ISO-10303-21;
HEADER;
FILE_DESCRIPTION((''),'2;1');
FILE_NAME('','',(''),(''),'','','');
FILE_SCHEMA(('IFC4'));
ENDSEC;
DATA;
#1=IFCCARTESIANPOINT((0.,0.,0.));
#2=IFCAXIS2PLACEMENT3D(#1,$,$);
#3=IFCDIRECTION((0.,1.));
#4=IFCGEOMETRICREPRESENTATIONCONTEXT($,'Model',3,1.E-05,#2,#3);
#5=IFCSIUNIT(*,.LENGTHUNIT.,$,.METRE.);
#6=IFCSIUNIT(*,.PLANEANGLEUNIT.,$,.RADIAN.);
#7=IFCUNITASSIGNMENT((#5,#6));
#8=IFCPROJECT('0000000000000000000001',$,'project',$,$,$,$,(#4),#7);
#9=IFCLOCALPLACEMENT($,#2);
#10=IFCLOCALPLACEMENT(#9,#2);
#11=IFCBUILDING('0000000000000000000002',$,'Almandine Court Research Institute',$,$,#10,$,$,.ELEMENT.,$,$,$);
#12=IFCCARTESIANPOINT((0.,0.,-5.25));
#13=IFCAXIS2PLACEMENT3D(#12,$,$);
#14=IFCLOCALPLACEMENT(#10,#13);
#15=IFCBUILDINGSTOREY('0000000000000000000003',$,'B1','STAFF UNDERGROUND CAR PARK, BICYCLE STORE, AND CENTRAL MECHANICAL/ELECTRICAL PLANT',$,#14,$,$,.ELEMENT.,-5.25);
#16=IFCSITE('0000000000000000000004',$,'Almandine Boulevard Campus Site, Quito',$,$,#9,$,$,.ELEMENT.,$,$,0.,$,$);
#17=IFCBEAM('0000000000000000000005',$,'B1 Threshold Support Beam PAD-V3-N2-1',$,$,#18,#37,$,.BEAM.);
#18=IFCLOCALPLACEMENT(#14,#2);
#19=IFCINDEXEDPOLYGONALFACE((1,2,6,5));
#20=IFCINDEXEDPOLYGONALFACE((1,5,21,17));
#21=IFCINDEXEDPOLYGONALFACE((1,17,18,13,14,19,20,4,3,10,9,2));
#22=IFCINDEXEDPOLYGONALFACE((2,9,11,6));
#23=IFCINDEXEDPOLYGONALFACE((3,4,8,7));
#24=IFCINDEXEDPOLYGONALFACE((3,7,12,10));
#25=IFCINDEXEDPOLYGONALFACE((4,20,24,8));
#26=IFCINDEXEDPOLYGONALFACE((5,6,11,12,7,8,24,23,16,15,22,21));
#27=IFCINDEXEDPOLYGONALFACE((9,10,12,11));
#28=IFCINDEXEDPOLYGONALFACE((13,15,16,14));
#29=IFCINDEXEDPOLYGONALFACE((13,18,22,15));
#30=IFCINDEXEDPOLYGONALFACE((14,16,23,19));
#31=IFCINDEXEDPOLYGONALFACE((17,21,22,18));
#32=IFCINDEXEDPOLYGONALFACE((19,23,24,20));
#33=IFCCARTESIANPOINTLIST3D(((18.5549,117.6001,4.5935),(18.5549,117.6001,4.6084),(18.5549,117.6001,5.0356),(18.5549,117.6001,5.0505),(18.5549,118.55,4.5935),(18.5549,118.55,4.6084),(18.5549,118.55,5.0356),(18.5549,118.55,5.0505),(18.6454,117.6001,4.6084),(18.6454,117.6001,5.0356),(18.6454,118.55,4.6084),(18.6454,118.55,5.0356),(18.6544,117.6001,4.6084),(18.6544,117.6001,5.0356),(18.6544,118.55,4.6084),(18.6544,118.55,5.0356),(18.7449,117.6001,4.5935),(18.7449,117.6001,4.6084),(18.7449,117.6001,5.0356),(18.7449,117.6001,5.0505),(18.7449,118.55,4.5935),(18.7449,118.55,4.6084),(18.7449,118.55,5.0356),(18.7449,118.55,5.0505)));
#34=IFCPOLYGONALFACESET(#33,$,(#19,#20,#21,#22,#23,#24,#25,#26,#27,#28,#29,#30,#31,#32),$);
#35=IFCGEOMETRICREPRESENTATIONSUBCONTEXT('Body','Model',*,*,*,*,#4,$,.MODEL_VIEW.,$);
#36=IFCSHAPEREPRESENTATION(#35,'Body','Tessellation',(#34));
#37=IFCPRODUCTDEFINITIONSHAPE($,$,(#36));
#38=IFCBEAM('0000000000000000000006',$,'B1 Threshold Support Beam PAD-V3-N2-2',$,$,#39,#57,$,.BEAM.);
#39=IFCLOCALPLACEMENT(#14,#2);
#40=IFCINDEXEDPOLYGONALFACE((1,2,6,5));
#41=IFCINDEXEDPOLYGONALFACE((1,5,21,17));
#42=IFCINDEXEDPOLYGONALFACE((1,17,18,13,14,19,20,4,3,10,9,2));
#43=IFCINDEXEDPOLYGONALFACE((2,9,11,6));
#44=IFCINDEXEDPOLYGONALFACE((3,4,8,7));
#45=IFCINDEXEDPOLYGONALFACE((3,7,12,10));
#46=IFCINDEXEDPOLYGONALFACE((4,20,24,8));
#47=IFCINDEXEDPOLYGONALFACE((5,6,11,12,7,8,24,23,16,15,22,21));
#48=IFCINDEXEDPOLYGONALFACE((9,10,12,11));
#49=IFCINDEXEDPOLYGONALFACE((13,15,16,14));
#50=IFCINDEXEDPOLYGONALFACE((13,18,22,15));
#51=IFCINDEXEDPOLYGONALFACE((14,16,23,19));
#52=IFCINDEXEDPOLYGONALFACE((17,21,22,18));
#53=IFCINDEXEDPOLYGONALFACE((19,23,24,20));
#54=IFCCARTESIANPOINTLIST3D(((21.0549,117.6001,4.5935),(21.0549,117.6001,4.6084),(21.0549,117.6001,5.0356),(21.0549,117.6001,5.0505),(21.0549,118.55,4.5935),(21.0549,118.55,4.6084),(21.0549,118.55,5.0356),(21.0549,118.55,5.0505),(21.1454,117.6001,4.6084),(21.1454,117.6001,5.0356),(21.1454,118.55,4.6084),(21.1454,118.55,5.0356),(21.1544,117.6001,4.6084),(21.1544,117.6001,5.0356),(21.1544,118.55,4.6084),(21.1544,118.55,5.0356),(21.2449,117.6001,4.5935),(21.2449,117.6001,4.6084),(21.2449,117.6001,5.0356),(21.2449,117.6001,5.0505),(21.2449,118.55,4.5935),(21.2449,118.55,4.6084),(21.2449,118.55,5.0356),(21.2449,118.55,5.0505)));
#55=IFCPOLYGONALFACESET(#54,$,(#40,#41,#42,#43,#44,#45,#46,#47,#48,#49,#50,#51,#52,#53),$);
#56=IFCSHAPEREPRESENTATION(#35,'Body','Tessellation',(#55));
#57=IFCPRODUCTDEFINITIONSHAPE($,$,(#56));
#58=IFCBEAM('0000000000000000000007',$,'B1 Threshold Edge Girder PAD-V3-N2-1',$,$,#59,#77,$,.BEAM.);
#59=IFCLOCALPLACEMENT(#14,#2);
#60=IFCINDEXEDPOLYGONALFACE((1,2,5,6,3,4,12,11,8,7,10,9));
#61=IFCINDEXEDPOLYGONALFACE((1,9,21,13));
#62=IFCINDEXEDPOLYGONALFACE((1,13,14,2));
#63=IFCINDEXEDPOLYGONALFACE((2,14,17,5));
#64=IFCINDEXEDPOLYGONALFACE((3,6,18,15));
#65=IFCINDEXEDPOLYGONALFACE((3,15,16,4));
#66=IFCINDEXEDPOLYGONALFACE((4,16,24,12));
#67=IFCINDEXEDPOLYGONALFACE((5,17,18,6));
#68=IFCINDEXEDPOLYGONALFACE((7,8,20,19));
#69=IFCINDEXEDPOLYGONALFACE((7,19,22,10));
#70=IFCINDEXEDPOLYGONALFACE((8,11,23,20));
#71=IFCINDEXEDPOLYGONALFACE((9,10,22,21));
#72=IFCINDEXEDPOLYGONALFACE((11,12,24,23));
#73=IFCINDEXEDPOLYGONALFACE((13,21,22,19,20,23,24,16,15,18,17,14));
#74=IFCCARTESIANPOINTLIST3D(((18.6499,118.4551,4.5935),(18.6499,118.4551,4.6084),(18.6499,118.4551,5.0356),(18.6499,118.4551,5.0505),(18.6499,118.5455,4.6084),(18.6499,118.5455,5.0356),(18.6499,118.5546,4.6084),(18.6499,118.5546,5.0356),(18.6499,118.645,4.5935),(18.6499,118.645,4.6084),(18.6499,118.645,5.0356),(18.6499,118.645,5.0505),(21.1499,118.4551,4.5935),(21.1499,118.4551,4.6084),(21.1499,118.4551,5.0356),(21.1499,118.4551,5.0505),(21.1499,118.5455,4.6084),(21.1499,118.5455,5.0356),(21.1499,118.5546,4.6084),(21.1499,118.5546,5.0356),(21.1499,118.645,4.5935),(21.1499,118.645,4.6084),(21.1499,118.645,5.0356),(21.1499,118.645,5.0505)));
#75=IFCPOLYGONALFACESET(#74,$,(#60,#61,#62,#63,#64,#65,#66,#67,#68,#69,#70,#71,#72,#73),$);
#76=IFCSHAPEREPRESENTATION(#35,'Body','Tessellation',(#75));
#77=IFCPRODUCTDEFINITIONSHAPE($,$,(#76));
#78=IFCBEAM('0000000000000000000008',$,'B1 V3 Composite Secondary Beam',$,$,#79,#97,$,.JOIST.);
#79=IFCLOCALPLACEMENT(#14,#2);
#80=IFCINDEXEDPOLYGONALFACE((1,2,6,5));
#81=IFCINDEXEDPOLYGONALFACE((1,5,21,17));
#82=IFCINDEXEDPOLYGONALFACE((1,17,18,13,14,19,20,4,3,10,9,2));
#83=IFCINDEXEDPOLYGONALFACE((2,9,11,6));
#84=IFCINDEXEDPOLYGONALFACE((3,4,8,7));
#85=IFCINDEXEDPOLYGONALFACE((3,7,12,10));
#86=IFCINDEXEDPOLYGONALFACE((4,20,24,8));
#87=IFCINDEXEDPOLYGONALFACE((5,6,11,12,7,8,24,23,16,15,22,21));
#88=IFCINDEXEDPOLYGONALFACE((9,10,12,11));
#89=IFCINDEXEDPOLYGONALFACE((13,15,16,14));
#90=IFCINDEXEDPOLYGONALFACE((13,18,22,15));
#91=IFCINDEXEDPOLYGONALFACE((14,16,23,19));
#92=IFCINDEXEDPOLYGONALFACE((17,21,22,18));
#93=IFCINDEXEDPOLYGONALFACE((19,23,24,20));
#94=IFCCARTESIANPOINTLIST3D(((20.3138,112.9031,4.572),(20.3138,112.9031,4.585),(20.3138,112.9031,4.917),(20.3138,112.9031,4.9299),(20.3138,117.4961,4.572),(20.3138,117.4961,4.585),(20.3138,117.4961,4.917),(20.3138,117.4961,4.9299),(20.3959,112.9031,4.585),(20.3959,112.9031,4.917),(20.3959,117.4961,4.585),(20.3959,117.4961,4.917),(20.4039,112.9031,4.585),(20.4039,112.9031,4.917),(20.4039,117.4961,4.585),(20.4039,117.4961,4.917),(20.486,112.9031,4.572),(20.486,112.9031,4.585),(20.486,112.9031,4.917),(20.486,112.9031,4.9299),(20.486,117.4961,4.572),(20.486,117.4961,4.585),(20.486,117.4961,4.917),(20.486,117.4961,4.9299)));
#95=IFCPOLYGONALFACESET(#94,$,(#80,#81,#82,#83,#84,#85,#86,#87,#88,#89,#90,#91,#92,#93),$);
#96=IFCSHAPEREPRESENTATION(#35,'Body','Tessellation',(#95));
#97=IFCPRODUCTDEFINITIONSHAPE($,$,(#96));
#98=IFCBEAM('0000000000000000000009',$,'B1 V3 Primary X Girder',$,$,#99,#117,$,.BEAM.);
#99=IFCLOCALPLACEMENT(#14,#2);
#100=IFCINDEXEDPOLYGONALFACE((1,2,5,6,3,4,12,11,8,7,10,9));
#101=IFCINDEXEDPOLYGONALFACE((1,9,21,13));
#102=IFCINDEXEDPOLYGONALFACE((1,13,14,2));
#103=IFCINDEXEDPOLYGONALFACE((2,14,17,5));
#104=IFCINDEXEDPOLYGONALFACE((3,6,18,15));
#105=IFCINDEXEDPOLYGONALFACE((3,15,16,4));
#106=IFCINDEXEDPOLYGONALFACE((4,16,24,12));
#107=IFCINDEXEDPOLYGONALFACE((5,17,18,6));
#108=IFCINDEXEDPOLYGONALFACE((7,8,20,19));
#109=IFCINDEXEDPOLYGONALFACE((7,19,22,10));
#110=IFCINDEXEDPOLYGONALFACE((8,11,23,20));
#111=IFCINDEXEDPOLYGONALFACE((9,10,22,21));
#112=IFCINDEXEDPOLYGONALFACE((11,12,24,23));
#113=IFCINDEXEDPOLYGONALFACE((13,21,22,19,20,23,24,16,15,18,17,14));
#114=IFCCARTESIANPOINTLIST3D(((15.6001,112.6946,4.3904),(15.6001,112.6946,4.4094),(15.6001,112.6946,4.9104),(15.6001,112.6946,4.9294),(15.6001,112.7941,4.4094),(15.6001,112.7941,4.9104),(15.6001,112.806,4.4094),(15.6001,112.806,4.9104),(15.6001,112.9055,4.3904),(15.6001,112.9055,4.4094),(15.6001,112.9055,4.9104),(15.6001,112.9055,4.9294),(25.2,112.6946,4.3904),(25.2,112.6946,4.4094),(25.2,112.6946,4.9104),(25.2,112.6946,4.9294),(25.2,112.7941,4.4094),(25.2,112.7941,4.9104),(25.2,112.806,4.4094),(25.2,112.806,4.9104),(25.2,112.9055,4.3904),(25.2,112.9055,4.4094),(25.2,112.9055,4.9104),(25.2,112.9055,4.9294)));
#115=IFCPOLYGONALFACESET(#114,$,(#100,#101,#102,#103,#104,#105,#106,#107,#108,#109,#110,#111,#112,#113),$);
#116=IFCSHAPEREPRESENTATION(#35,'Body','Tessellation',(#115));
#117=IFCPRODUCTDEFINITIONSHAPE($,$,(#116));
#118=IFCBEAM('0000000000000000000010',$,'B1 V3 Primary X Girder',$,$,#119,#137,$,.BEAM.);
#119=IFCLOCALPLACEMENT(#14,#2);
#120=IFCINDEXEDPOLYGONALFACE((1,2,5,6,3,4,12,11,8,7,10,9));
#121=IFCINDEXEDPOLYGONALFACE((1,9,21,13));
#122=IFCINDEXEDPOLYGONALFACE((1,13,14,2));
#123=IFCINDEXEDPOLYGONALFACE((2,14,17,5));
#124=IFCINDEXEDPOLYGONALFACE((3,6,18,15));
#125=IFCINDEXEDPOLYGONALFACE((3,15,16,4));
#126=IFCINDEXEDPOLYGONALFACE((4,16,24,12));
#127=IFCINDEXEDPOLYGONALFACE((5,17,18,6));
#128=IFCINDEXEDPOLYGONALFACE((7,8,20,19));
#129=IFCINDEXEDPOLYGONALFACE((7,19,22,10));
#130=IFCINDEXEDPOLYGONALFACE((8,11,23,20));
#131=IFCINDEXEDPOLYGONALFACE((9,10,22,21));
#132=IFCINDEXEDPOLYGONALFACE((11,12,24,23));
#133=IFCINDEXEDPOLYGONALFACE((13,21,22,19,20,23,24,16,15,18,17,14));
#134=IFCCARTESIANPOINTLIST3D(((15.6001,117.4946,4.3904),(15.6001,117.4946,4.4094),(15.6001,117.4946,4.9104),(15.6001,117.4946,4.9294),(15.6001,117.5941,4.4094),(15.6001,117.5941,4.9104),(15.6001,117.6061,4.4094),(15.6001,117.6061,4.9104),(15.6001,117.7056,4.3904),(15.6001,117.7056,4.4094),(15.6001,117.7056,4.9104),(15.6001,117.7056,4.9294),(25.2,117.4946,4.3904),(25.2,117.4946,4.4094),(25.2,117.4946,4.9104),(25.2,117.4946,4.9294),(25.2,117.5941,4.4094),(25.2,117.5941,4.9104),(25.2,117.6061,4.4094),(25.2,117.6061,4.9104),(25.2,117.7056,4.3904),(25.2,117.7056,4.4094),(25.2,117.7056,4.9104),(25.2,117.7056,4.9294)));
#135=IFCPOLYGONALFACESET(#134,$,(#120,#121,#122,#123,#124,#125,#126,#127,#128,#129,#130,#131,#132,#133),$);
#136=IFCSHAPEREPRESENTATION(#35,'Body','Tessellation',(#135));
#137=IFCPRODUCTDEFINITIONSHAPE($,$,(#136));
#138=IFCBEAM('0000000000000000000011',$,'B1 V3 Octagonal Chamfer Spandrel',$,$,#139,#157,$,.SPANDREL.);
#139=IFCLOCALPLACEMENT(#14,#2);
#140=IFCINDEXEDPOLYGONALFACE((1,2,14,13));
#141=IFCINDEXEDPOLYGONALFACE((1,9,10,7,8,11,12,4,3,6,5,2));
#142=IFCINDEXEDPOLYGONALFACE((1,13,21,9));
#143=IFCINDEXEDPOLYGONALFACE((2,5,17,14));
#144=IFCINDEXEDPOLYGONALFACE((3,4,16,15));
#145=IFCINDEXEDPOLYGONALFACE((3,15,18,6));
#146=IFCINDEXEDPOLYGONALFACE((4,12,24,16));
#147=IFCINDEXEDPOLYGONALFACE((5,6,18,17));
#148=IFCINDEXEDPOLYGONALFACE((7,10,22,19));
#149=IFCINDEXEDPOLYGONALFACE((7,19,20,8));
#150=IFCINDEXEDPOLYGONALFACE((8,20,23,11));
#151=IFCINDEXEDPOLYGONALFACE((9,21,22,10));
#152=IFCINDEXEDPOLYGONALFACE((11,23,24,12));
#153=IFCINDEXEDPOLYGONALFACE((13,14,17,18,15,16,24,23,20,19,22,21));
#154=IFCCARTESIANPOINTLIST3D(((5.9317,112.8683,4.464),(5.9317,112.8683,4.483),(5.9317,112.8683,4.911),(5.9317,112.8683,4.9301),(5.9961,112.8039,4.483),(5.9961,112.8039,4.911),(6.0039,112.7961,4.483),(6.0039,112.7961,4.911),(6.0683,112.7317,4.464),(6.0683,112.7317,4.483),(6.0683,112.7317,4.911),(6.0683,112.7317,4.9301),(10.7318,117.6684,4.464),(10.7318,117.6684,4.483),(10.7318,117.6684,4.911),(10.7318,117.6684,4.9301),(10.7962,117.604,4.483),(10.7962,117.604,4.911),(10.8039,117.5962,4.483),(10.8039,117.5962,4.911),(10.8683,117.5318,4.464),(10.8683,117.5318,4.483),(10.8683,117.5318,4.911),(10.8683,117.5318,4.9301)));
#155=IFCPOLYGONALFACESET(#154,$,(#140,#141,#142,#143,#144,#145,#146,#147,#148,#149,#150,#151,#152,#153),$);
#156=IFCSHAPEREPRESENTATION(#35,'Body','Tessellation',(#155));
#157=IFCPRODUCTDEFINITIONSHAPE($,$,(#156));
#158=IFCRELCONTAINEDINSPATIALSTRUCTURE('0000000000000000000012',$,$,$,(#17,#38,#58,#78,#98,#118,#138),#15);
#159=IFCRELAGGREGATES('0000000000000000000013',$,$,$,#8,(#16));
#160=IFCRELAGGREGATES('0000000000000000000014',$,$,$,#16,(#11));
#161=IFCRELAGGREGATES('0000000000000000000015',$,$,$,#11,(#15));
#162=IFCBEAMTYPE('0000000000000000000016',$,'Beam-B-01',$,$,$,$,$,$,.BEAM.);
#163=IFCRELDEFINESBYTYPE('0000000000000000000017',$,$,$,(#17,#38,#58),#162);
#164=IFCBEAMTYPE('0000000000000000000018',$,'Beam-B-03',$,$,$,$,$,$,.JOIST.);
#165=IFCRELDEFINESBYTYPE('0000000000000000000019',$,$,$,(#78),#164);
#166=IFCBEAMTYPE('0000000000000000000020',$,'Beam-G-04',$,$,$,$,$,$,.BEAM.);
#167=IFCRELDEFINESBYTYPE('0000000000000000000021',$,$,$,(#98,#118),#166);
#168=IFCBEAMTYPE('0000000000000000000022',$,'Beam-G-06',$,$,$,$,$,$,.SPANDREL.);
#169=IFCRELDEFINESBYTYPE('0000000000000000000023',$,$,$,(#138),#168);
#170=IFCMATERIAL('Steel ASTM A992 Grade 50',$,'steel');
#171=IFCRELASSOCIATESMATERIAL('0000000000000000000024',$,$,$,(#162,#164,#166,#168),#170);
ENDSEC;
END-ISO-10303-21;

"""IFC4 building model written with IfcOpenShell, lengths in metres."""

from ifc_helpers import new_model, si_unit, direction, frame, origin, origin_2d, place, context, subcontext, project, spatial, i_section, extrude, material, material_profile, profile_set, type_object, element, save


model = new_model("IFC4")

# Units and contexts
model_context = context("Model", 3, precision=1e-05, world=origin(), true_north=direction((0.0, 1.0)))
body_context = subcontext(model_context, "Body", "Model", "MODEL_VIEW")
ifc_project = project(units=[si_unit("LENGTHUNIT", "METRE"), si_unit("PLANEANGLEUNIT", "RADIAN")], contexts=[model_context])

# Site, building, storey
site_placement = place(None, origin())
site = spatial("IfcSite", under=ifc_project, at=site_placement, Name="Almandine Boulevard Campus Site, Quito", CompositionType="ELEMENT", RefElevation=0.0)
building_placement = place(site_placement, origin())
building = spatial("IfcBuilding", under=site, at=building_placement, Name="Almandine Court Research Institute", CompositionType="ELEMENT")
storey_placement = place(building_placement, frame((0.0, 0.0, -5.25)))
storey = spatial("IfcBuildingStorey", under=building, at=storey_placement, Name="B1", Description="STAFF UNDERGROUND CAR PARK, BICYCLE STORE, AND CENTRAL MECHANICAL/ELECTRICAL PLANT", CompositionType="ELEMENT", Elevation=-5.25)

# Shared definitions
ifc_material_1 = material(Name="Steel ASTM A992 Grade 50", Category="steel")

# Beams
ifc_material_profile_1 = material_profile(ifc_material_1, i_section(OverallWidth=0.1899, OverallDepth=0.457, WebThickness=0.009, FlangeThickness=0.0149, at=origin_2d()), Name="W460x74")
ifc_profile_set_1 = profile_set([ifc_material_profile_1], Name="Steel ASTM A992 Grade 50")
beam_type_1 = type_object("IfcBeamType", Name="Beam-B-01", PredefinedType="BEAM", material=ifc_profile_set_1)
for number, where, z_axis, x_axis, name in (
    (1, (18.6499, 118.55, 4.822), (0.0, -1.0, 0.0), (1.0, 0.0, 0.0), "B1 Threshold Support Beam PAD-V3-N2-1"),
    (2, (21.1499, 118.55, 4.822), (0.0, -1.0, 0.0), (1.0, 0.0, 0.0), "B1 Threshold Support Beam PAD-V3-N2-2"),
):
    element("IfcBeam", number, at=place(storey_placement, frame(where, z_axis=z_axis, x_axis=x_axis)), inside=storey, type_object=beam_type_1, Name=name, PredefinedType="BEAM", context=body_context, shape_type="SweptSolid", body=[
        extrude(i_section(OverallWidth=0.1899, OverallDepth=0.457, WebThickness=0.009, FlangeThickness=0.0149, at=origin_2d()), origin(), (0.0, 0.0, 1.0), 0.95),
    ])
beam_1_placement = place(storey_placement, frame((18.6499, 118.55, 4.822), z_axis=(1.0, 0.0, 0.0), x_axis=(0.0, 1.0, 0.0)))
element("IfcBeam", 3, at=beam_1_placement, inside=storey, type_object=beam_type_1, Name="B1 Threshold Edge Girder PAD-V3-N2-1", PredefinedType="BEAM", context=body_context, shape_type="SweptSolid", body=[
    extrude(i_section(OverallWidth=0.1899, OverallDepth=0.457, WebThickness=0.009, FlangeThickness=0.0149, at=origin_2d()), origin(), (0.0, 0.0, 1.0), 2.5),
])
ifc_material_profile_2 = material_profile(ifc_material_1, i_section(OverallWidth=0.1721, OverallDepth=0.3579, WebThickness=0.0081, FlangeThickness=0.0129, at=origin_2d()), Name="W360x57")
ifc_profile_set_2 = profile_set([ifc_material_profile_2], Name="Steel ASTM A992 Grade 50")
beam_type_2 = type_object("IfcBeamType", Name="Beam-B-03", PredefinedType="JOIST", material=ifc_profile_set_2)
beam_2_placement = place(storey_placement, frame((20.3999, 112.9031, 4.751), z_axis=(0.0, 1.0, 0.0), x_axis=(-1.0, 0.0, 0.0)))
element("IfcBeam", 4, at=beam_2_placement, inside=storey, type_object=beam_type_2, Name="B1 V3 Composite Secondary Beam", PredefinedType="JOIST", context=body_context, shape_type="SweptSolid", body=[
    extrude(i_section(OverallWidth=0.1721, OverallDepth=0.3579, WebThickness=0.0081, FlangeThickness=0.0129, at=origin_2d()), origin(), (0.0, 0.0, 1.0), 4.593),
])
ifc_material_profile_3 = material_profile(ifc_material_1, i_section(OverallWidth=0.2109, OverallDepth=0.5391, WebThickness=0.012, FlangeThickness=0.019, at=origin_2d()), Name="W530x109")
ifc_profile_set_3 = profile_set([ifc_material_profile_3], Name="Steel ASTM A992 Grade 50")
beam_type_3 = type_object("IfcBeamType", Name="Beam-G-04", PredefinedType="BEAM", material=ifc_profile_set_3)
for number, where, z_axis, x_axis, name in (
    (5, (15.6001, 112.8, 4.6599), (1.0, 0.0, 0.0), (0.0, 1.0, 0.0), "B1 V3 Primary X Girder"),
    (6, (15.6001, 117.6001, 4.6599), (1.0, 0.0, 0.0), (0.0, 1.0, 0.0), "B1 V3 Primary X Girder"),
):
    element("IfcBeam", number, at=place(storey_placement, frame(where, z_axis=z_axis, x_axis=x_axis)), inside=storey, type_object=beam_type_3, Name=name, PredefinedType="BEAM", context=body_context, shape_type="SweptSolid", body=[
        extrude(i_section(OverallWidth=0.2109, OverallDepth=0.5391, WebThickness=0.012, FlangeThickness=0.019, at=origin_2d()), origin(), (0.0, 0.0, 1.0), 9.5999),
    ])
ifc_material_profile_4 = material_profile(ifc_material_1, i_section(OverallWidth=0.1931, OverallDepth=0.4661, WebThickness=0.011, FlangeThickness=0.019, at=origin_2d()), Name="W460x97")
ifc_profile_set_4 = profile_set([ifc_material_profile_4], Name="Steel ASTM A992 Grade 50")
beam_type_4 = type_object("IfcBeamType", Name="Beam-G-06", PredefinedType="SPANDREL", material=ifc_profile_set_4)
beam_3_placement = place(storey_placement, frame((10.8, 117.6001, 4.697), z_axis=(-0.707107, -0.707107, 0.0), x_axis=(0.707107, -0.707107, 0.0)))
element("IfcBeam", 7, at=beam_3_placement, inside=storey, type_object=beam_type_4, Name="B1 V3 Octagonal Chamfer Spandrel", PredefinedType="SPANDREL", context=body_context, shape_type="SweptSolid", body=[
    extrude(i_section(OverallWidth=0.1931, OverallDepth=0.4661, WebThickness=0.011, FlangeThickness=0.019, at=origin_2d()), origin(), (0.0, 0.0, 1.0), 6.7883),
])

save(model, "model.ifc")
